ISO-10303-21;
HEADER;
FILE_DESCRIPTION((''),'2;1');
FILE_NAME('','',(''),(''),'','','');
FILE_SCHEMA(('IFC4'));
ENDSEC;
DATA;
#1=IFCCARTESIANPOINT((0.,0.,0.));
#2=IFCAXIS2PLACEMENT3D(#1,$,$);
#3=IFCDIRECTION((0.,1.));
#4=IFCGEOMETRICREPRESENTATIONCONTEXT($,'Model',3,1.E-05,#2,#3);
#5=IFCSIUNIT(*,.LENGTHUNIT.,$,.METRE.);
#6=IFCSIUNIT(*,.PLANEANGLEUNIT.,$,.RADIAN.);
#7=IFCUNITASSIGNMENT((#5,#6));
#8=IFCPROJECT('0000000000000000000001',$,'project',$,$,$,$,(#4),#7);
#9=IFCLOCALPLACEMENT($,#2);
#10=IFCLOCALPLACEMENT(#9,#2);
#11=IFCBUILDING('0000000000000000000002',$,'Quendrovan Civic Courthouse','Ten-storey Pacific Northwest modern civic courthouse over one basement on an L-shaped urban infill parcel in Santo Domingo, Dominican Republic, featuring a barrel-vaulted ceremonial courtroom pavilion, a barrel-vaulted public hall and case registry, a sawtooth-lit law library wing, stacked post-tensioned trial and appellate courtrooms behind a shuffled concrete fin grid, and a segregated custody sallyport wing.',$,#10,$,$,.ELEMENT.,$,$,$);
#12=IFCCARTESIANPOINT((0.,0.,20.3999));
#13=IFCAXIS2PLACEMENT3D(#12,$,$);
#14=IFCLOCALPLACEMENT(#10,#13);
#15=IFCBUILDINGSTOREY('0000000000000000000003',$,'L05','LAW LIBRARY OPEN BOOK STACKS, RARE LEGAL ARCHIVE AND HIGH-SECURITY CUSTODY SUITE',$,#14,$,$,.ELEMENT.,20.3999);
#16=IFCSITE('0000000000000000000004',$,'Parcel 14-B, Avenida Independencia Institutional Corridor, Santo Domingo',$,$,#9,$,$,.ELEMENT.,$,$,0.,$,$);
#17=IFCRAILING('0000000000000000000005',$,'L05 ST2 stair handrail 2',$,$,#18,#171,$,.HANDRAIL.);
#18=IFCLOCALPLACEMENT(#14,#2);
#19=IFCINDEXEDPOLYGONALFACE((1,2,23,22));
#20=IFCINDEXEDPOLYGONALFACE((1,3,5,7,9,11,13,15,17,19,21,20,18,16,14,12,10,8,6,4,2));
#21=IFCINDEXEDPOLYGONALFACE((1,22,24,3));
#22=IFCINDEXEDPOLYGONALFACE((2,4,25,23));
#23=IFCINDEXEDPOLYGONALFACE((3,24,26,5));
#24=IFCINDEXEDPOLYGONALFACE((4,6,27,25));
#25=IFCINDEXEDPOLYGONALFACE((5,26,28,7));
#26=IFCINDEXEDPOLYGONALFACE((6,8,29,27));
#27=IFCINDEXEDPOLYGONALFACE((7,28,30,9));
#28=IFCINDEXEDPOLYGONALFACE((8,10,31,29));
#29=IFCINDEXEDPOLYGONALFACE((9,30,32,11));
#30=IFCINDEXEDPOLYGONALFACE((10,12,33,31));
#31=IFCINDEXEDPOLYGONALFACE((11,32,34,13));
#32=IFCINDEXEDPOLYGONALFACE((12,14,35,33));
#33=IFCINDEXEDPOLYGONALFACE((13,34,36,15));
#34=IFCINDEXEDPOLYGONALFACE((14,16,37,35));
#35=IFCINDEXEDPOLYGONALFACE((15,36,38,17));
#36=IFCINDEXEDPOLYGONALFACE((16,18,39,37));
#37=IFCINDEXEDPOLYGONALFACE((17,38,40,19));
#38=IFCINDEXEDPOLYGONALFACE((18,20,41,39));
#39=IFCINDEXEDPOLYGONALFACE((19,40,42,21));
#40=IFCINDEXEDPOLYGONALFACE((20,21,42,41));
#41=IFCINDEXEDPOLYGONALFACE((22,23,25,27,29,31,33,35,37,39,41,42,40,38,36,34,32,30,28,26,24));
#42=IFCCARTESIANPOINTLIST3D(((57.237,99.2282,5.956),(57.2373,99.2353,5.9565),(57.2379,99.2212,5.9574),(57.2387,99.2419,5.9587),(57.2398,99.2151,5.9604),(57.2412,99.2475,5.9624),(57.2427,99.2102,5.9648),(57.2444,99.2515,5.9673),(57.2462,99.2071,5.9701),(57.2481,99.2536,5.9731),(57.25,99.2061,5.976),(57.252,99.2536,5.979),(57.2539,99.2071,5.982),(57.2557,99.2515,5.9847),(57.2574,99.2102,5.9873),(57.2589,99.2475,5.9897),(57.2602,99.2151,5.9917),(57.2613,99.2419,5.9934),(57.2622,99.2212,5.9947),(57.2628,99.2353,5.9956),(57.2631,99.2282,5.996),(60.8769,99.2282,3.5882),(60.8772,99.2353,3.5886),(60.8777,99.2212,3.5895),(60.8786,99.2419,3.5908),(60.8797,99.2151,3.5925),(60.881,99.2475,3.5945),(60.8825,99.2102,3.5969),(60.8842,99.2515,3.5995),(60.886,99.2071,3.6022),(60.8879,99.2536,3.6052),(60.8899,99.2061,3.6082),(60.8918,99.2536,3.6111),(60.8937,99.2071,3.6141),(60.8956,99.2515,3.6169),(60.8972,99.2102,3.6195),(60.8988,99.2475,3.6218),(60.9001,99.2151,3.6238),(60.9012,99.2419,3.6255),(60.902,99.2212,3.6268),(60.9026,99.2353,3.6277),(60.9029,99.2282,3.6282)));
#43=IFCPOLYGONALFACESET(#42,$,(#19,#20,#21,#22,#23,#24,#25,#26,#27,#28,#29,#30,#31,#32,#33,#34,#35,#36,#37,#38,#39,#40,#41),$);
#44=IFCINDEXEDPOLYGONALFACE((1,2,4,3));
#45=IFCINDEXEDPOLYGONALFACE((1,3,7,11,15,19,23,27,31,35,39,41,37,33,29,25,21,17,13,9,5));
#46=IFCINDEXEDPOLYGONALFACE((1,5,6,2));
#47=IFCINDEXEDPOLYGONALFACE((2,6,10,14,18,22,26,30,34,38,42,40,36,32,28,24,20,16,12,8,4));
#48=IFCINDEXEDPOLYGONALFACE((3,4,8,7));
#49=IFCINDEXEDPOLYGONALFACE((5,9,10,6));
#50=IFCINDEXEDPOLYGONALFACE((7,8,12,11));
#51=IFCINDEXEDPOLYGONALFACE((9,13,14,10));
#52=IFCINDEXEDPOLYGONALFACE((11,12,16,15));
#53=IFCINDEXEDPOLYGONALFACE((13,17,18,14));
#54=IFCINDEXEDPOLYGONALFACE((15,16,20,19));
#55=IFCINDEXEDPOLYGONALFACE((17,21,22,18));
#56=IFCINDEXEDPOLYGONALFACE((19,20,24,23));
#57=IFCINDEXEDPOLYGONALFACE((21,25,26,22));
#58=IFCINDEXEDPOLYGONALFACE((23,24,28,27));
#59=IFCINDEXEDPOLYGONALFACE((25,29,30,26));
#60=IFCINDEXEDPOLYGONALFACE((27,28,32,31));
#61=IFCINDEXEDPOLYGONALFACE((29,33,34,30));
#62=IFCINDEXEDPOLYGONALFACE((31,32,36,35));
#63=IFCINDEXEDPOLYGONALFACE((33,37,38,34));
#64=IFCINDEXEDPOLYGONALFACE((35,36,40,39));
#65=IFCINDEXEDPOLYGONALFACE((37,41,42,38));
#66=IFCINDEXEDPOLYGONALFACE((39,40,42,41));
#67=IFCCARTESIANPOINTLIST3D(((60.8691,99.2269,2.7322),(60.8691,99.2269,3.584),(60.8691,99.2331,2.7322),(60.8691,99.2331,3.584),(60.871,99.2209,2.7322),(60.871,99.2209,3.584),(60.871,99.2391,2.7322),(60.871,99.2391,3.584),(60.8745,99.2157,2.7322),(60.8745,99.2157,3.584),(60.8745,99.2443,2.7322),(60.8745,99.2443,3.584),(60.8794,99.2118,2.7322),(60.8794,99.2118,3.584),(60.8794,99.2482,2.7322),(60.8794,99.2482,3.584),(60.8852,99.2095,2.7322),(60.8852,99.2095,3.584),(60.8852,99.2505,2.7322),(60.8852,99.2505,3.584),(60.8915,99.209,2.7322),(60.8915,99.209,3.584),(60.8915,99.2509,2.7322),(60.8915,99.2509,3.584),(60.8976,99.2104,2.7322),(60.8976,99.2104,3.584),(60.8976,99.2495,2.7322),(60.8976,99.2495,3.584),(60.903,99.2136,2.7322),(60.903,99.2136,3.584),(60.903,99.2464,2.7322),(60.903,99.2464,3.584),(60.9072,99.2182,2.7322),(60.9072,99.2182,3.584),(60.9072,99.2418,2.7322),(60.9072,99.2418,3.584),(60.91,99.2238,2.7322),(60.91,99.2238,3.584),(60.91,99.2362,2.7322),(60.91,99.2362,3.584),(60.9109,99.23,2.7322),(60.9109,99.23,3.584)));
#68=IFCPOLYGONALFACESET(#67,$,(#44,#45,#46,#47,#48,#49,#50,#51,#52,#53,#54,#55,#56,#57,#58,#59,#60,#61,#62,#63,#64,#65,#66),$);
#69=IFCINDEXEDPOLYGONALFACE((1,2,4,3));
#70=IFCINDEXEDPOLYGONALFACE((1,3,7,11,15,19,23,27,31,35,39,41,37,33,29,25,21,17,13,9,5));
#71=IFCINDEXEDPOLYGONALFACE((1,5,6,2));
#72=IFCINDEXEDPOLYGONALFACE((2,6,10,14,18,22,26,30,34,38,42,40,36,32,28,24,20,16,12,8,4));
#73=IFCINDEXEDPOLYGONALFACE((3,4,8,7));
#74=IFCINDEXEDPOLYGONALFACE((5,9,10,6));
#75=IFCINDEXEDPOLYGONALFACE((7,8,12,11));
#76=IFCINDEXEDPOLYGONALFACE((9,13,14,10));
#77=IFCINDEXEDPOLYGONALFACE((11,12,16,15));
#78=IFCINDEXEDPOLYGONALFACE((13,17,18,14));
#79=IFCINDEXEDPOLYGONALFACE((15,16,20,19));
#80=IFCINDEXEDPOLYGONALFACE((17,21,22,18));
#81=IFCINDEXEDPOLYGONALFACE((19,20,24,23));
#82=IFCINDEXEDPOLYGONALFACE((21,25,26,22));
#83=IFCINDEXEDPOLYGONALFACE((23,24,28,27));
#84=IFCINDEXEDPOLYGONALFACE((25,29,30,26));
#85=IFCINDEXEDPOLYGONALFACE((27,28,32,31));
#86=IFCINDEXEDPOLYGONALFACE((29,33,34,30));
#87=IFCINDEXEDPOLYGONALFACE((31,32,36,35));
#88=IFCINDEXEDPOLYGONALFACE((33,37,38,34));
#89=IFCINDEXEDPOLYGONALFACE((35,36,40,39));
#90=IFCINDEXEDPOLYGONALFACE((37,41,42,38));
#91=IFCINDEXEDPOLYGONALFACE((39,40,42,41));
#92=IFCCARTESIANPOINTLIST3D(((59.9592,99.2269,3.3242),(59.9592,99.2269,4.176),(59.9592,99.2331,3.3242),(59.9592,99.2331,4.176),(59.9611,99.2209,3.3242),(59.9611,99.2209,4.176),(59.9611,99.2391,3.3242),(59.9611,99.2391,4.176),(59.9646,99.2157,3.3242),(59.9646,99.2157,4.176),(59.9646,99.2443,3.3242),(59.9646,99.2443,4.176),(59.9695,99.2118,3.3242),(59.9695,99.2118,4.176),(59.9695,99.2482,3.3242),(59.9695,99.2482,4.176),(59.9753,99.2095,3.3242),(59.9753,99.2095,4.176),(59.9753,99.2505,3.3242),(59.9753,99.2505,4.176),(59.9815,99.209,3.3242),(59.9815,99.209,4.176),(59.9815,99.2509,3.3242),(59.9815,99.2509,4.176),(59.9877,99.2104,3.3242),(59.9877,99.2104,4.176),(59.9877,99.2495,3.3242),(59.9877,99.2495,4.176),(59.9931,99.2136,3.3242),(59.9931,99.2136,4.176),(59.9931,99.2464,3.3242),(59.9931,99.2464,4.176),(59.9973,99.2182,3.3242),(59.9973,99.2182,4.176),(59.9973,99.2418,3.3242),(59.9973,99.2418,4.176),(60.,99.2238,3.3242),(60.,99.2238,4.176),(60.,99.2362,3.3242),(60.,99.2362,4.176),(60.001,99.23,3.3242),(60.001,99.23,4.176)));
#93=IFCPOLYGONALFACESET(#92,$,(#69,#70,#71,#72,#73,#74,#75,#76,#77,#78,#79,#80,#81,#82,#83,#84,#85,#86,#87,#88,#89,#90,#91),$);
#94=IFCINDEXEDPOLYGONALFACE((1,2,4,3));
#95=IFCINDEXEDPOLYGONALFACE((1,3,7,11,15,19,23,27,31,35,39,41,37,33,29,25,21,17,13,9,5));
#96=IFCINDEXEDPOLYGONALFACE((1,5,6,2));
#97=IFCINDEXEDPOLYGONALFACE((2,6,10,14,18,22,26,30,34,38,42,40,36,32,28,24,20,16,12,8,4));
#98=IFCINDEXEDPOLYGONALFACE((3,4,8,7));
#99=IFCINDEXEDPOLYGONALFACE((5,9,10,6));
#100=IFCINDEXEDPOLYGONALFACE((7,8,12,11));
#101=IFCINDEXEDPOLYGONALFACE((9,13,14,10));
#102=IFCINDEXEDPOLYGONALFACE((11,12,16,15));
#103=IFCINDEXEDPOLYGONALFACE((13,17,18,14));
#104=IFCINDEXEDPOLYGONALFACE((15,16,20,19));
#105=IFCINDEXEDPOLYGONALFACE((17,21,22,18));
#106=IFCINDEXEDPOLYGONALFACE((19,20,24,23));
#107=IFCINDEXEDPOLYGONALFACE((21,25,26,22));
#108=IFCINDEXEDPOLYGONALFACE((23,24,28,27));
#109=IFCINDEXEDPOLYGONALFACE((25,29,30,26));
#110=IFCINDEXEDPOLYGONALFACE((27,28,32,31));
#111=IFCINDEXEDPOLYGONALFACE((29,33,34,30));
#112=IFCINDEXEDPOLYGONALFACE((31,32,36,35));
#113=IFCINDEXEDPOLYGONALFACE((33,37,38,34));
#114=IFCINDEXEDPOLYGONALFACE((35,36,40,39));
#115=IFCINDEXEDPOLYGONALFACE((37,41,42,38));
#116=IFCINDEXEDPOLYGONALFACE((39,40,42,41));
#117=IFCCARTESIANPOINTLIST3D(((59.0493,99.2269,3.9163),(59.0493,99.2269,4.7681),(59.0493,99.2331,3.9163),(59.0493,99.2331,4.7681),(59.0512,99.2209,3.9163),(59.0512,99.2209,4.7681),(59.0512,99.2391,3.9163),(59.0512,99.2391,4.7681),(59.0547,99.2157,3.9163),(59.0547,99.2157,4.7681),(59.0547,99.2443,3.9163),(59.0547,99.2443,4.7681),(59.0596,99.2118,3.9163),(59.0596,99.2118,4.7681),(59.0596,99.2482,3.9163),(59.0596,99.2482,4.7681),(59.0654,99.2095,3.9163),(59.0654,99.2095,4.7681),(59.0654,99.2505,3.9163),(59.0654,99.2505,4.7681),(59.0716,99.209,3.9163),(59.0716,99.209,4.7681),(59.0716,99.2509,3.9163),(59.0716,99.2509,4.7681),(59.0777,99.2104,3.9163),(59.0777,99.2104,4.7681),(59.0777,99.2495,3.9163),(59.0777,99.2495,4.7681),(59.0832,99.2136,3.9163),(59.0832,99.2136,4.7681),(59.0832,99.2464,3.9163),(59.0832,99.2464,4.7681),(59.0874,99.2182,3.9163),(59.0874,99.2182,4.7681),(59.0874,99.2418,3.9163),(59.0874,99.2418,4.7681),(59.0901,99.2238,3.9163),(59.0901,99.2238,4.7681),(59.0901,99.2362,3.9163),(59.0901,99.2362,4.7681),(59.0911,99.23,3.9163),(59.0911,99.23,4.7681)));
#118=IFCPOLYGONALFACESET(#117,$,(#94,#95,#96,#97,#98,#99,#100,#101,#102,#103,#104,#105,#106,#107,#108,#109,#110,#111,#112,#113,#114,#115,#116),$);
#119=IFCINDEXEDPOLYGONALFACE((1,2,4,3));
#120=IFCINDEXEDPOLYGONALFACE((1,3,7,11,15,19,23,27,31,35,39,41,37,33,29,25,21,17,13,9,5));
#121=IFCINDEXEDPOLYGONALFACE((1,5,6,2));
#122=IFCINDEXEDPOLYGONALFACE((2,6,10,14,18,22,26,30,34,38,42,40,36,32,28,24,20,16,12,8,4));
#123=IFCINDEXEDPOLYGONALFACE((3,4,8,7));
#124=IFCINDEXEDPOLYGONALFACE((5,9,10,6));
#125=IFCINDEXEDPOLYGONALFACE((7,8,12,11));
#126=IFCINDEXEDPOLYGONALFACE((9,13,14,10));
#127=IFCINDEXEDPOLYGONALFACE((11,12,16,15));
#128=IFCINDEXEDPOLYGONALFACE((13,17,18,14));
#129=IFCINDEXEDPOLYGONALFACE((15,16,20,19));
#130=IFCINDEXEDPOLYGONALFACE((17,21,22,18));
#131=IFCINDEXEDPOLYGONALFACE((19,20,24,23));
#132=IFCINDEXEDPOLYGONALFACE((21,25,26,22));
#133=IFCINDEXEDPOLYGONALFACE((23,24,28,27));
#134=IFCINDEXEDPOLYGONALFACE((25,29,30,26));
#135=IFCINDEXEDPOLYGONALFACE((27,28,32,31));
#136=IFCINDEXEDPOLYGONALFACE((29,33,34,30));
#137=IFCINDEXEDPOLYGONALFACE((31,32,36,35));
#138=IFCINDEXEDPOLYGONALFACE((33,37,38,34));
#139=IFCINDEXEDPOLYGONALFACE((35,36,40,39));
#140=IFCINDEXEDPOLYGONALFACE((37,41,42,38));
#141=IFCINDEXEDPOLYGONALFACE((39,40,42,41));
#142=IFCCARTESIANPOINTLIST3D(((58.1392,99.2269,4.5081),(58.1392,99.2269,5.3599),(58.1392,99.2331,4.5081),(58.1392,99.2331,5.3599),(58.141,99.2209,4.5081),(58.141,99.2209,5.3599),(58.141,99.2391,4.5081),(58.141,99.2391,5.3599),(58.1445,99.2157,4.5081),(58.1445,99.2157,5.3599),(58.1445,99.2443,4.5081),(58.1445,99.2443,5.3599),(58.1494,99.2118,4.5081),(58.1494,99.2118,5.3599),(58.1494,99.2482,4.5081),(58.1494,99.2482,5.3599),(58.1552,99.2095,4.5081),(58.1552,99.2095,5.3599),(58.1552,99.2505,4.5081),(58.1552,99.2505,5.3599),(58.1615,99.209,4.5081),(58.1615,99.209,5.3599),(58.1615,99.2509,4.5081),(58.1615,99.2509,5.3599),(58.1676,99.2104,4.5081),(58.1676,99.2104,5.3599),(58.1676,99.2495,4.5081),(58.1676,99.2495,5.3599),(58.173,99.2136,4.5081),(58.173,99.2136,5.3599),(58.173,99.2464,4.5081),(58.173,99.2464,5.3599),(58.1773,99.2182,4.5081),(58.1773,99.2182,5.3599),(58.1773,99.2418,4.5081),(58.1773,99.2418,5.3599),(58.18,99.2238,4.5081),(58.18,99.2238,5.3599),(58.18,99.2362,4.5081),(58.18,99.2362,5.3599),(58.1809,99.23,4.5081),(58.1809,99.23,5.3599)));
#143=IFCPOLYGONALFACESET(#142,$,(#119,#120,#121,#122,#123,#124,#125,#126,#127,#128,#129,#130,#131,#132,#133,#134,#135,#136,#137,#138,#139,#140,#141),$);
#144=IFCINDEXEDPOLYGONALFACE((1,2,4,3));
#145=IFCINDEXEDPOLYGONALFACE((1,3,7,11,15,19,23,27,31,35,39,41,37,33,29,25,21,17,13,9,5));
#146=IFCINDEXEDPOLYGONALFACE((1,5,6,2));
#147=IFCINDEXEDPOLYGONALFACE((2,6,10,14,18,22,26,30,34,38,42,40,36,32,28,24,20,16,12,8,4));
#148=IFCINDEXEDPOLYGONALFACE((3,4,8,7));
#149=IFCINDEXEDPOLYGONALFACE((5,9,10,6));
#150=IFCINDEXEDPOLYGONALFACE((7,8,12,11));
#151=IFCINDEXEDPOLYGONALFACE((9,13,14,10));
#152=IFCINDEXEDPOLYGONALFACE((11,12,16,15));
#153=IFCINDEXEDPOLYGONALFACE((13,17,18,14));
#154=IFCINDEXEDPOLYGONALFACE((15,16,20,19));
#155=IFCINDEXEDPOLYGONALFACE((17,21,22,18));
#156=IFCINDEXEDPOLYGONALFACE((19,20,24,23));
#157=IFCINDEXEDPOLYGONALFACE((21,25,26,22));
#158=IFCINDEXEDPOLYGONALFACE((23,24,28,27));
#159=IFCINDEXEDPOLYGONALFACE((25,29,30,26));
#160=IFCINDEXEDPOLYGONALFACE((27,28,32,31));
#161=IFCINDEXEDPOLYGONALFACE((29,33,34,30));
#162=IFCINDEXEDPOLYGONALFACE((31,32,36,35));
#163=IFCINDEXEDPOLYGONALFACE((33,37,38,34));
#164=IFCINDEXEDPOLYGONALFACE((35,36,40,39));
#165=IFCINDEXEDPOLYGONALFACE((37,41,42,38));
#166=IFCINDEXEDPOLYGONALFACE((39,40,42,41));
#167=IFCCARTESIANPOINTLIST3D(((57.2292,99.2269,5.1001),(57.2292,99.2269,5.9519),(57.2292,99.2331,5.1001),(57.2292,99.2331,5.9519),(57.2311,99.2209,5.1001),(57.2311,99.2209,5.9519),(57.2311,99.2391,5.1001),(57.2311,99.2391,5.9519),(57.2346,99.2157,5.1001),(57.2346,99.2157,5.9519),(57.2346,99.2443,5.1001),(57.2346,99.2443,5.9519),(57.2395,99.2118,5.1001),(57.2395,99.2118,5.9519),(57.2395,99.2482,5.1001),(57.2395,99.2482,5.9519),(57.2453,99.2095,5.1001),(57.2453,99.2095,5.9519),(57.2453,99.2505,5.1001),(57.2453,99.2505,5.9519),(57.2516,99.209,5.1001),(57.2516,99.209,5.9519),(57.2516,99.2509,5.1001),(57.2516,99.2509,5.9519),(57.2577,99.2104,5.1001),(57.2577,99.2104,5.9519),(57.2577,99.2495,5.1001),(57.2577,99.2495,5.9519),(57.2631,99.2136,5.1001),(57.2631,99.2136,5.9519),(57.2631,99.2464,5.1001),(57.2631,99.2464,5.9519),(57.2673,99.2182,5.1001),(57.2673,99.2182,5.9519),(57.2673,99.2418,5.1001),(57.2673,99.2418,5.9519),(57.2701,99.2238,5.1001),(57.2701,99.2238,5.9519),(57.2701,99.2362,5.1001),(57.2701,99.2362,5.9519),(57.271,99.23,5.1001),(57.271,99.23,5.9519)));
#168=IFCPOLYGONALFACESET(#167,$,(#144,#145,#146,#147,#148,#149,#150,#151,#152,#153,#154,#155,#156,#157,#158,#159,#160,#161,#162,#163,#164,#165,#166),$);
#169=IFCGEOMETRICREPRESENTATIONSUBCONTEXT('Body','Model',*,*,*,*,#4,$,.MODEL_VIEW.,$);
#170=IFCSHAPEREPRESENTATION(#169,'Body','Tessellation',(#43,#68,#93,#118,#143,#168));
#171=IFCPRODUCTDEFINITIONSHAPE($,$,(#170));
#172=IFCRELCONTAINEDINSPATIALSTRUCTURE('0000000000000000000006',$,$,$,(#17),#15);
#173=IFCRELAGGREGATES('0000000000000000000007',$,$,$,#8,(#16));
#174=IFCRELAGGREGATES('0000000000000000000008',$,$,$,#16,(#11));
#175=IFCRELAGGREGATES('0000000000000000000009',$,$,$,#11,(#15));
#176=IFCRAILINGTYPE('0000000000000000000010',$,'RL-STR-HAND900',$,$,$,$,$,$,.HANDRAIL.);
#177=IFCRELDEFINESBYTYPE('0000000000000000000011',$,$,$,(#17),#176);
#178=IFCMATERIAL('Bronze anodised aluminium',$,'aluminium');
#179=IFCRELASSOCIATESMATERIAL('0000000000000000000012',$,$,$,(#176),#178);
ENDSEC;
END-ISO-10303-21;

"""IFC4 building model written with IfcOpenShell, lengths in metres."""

from ifc_helpers import new_model, si_unit, direction, frame, origin, origin_2d, place, context, subcontext, project, spatial, circle, extrude, material, type_object, element, save


model = new_model("IFC4")

# Units and contexts
model_context = context("Model", 3, precision=1e-05, world=origin(), true_north=direction((0.0, 1.0)))
body_context = subcontext(model_context, "Body", "Model", "MODEL_VIEW")
ifc_project = project(units=[si_unit("LENGTHUNIT", "METRE"), si_unit("PLANEANGLEUNIT", "RADIAN")], contexts=[model_context])

# Site, building, storey
site_placement = place(None, origin())
site = spatial("IfcSite", under=ifc_project, at=site_placement, Name="Parcel 14-B, Avenida Independencia Institutional Corridor, Santo Domingo", CompositionType="ELEMENT", RefElevation=0.0)
building_placement = place(site_placement, origin())
building = spatial("IfcBuilding", under=site, at=building_placement, Name="Quendrovan Civic Courthouse", Description="Ten-storey Pacific Northwest modern civic courthouse over one basement on an L-shaped urban infill parcel in Santo Domingo, Dominican Republic, featuring a barrel-vaulted ceremonial courtroom pavilion, a barrel-vaulted public hall and case registry, a sawtooth-lit law library wing, stacked post-tensioned trial and appellate courtrooms behind a shuffled concrete fin grid, and a segregated custody sallyport wing.", CompositionType="ELEMENT")
storey_placement = place(building_placement, frame((0.0, 0.0, 20.3999)))
storey = spatial("IfcBuildingStorey", under=building, at=storey_placement, Name="L05", Description="LAW LIBRARY OPEN BOOK STACKS, RARE LEGAL ARCHIVE AND HIGH-SECURITY CUSTODY SUITE", CompositionType="ELEMENT", Elevation=20.3999)

# Railing
ifc_material_1 = material(Name="Bronze anodised aluminium", Category="aluminium")
railing_type_1 = type_object("IfcRailingType", Name="RL-STR-HAND900", PredefinedType="HANDRAIL", material=ifc_material_1)
railing_1_placement = place(storey_placement, frame((60.8899, 99.23, 2.7322)))
element("IfcRailing", 1, at=railing_1_placement, inside=storey, type_object=railing_type_1, Name="L05 ST2 stair handrail 2", PredefinedType="HANDRAIL", context=body_context, shape_type="SweptSolid", body=[
    extrude(circle(Radius=0.0239, at=origin_2d()), frame((0.0, 0.0, 0.876), z_axis=(-0.838234, 0.0, 0.54531), x_axis=(0.0, -1.0, 0.0)), (0.0, 0.0, 1.0), 4.3423),
    extrude(circle(Radius=0.021, at=origin_2d()), origin(), (0.0, 0.0, 1.0), 0.8518),
    extrude(circle(Radius=0.021, at=origin_2d()), frame((-0.9099, 0.0, 0.592)), (0.0, 0.0, 1.0), 0.8518),
    extrude(circle(Radius=0.021, at=origin_2d()), frame((-1.8198, 0.0, 1.1841)), (0.0, 0.0, 1.0), 0.8518),
    extrude(circle(Radius=0.021, at=origin_2d()), frame((-2.73, 0.0, 1.7759)), (0.0, 0.0, 1.0), 0.8518),
    extrude(circle(Radius=0.021, at=origin_2d()), frame((-3.6399, 0.0, 2.3679)), (0.0, 0.0, 1.0), 0.8518),
])

save(model, "model.ifc")
